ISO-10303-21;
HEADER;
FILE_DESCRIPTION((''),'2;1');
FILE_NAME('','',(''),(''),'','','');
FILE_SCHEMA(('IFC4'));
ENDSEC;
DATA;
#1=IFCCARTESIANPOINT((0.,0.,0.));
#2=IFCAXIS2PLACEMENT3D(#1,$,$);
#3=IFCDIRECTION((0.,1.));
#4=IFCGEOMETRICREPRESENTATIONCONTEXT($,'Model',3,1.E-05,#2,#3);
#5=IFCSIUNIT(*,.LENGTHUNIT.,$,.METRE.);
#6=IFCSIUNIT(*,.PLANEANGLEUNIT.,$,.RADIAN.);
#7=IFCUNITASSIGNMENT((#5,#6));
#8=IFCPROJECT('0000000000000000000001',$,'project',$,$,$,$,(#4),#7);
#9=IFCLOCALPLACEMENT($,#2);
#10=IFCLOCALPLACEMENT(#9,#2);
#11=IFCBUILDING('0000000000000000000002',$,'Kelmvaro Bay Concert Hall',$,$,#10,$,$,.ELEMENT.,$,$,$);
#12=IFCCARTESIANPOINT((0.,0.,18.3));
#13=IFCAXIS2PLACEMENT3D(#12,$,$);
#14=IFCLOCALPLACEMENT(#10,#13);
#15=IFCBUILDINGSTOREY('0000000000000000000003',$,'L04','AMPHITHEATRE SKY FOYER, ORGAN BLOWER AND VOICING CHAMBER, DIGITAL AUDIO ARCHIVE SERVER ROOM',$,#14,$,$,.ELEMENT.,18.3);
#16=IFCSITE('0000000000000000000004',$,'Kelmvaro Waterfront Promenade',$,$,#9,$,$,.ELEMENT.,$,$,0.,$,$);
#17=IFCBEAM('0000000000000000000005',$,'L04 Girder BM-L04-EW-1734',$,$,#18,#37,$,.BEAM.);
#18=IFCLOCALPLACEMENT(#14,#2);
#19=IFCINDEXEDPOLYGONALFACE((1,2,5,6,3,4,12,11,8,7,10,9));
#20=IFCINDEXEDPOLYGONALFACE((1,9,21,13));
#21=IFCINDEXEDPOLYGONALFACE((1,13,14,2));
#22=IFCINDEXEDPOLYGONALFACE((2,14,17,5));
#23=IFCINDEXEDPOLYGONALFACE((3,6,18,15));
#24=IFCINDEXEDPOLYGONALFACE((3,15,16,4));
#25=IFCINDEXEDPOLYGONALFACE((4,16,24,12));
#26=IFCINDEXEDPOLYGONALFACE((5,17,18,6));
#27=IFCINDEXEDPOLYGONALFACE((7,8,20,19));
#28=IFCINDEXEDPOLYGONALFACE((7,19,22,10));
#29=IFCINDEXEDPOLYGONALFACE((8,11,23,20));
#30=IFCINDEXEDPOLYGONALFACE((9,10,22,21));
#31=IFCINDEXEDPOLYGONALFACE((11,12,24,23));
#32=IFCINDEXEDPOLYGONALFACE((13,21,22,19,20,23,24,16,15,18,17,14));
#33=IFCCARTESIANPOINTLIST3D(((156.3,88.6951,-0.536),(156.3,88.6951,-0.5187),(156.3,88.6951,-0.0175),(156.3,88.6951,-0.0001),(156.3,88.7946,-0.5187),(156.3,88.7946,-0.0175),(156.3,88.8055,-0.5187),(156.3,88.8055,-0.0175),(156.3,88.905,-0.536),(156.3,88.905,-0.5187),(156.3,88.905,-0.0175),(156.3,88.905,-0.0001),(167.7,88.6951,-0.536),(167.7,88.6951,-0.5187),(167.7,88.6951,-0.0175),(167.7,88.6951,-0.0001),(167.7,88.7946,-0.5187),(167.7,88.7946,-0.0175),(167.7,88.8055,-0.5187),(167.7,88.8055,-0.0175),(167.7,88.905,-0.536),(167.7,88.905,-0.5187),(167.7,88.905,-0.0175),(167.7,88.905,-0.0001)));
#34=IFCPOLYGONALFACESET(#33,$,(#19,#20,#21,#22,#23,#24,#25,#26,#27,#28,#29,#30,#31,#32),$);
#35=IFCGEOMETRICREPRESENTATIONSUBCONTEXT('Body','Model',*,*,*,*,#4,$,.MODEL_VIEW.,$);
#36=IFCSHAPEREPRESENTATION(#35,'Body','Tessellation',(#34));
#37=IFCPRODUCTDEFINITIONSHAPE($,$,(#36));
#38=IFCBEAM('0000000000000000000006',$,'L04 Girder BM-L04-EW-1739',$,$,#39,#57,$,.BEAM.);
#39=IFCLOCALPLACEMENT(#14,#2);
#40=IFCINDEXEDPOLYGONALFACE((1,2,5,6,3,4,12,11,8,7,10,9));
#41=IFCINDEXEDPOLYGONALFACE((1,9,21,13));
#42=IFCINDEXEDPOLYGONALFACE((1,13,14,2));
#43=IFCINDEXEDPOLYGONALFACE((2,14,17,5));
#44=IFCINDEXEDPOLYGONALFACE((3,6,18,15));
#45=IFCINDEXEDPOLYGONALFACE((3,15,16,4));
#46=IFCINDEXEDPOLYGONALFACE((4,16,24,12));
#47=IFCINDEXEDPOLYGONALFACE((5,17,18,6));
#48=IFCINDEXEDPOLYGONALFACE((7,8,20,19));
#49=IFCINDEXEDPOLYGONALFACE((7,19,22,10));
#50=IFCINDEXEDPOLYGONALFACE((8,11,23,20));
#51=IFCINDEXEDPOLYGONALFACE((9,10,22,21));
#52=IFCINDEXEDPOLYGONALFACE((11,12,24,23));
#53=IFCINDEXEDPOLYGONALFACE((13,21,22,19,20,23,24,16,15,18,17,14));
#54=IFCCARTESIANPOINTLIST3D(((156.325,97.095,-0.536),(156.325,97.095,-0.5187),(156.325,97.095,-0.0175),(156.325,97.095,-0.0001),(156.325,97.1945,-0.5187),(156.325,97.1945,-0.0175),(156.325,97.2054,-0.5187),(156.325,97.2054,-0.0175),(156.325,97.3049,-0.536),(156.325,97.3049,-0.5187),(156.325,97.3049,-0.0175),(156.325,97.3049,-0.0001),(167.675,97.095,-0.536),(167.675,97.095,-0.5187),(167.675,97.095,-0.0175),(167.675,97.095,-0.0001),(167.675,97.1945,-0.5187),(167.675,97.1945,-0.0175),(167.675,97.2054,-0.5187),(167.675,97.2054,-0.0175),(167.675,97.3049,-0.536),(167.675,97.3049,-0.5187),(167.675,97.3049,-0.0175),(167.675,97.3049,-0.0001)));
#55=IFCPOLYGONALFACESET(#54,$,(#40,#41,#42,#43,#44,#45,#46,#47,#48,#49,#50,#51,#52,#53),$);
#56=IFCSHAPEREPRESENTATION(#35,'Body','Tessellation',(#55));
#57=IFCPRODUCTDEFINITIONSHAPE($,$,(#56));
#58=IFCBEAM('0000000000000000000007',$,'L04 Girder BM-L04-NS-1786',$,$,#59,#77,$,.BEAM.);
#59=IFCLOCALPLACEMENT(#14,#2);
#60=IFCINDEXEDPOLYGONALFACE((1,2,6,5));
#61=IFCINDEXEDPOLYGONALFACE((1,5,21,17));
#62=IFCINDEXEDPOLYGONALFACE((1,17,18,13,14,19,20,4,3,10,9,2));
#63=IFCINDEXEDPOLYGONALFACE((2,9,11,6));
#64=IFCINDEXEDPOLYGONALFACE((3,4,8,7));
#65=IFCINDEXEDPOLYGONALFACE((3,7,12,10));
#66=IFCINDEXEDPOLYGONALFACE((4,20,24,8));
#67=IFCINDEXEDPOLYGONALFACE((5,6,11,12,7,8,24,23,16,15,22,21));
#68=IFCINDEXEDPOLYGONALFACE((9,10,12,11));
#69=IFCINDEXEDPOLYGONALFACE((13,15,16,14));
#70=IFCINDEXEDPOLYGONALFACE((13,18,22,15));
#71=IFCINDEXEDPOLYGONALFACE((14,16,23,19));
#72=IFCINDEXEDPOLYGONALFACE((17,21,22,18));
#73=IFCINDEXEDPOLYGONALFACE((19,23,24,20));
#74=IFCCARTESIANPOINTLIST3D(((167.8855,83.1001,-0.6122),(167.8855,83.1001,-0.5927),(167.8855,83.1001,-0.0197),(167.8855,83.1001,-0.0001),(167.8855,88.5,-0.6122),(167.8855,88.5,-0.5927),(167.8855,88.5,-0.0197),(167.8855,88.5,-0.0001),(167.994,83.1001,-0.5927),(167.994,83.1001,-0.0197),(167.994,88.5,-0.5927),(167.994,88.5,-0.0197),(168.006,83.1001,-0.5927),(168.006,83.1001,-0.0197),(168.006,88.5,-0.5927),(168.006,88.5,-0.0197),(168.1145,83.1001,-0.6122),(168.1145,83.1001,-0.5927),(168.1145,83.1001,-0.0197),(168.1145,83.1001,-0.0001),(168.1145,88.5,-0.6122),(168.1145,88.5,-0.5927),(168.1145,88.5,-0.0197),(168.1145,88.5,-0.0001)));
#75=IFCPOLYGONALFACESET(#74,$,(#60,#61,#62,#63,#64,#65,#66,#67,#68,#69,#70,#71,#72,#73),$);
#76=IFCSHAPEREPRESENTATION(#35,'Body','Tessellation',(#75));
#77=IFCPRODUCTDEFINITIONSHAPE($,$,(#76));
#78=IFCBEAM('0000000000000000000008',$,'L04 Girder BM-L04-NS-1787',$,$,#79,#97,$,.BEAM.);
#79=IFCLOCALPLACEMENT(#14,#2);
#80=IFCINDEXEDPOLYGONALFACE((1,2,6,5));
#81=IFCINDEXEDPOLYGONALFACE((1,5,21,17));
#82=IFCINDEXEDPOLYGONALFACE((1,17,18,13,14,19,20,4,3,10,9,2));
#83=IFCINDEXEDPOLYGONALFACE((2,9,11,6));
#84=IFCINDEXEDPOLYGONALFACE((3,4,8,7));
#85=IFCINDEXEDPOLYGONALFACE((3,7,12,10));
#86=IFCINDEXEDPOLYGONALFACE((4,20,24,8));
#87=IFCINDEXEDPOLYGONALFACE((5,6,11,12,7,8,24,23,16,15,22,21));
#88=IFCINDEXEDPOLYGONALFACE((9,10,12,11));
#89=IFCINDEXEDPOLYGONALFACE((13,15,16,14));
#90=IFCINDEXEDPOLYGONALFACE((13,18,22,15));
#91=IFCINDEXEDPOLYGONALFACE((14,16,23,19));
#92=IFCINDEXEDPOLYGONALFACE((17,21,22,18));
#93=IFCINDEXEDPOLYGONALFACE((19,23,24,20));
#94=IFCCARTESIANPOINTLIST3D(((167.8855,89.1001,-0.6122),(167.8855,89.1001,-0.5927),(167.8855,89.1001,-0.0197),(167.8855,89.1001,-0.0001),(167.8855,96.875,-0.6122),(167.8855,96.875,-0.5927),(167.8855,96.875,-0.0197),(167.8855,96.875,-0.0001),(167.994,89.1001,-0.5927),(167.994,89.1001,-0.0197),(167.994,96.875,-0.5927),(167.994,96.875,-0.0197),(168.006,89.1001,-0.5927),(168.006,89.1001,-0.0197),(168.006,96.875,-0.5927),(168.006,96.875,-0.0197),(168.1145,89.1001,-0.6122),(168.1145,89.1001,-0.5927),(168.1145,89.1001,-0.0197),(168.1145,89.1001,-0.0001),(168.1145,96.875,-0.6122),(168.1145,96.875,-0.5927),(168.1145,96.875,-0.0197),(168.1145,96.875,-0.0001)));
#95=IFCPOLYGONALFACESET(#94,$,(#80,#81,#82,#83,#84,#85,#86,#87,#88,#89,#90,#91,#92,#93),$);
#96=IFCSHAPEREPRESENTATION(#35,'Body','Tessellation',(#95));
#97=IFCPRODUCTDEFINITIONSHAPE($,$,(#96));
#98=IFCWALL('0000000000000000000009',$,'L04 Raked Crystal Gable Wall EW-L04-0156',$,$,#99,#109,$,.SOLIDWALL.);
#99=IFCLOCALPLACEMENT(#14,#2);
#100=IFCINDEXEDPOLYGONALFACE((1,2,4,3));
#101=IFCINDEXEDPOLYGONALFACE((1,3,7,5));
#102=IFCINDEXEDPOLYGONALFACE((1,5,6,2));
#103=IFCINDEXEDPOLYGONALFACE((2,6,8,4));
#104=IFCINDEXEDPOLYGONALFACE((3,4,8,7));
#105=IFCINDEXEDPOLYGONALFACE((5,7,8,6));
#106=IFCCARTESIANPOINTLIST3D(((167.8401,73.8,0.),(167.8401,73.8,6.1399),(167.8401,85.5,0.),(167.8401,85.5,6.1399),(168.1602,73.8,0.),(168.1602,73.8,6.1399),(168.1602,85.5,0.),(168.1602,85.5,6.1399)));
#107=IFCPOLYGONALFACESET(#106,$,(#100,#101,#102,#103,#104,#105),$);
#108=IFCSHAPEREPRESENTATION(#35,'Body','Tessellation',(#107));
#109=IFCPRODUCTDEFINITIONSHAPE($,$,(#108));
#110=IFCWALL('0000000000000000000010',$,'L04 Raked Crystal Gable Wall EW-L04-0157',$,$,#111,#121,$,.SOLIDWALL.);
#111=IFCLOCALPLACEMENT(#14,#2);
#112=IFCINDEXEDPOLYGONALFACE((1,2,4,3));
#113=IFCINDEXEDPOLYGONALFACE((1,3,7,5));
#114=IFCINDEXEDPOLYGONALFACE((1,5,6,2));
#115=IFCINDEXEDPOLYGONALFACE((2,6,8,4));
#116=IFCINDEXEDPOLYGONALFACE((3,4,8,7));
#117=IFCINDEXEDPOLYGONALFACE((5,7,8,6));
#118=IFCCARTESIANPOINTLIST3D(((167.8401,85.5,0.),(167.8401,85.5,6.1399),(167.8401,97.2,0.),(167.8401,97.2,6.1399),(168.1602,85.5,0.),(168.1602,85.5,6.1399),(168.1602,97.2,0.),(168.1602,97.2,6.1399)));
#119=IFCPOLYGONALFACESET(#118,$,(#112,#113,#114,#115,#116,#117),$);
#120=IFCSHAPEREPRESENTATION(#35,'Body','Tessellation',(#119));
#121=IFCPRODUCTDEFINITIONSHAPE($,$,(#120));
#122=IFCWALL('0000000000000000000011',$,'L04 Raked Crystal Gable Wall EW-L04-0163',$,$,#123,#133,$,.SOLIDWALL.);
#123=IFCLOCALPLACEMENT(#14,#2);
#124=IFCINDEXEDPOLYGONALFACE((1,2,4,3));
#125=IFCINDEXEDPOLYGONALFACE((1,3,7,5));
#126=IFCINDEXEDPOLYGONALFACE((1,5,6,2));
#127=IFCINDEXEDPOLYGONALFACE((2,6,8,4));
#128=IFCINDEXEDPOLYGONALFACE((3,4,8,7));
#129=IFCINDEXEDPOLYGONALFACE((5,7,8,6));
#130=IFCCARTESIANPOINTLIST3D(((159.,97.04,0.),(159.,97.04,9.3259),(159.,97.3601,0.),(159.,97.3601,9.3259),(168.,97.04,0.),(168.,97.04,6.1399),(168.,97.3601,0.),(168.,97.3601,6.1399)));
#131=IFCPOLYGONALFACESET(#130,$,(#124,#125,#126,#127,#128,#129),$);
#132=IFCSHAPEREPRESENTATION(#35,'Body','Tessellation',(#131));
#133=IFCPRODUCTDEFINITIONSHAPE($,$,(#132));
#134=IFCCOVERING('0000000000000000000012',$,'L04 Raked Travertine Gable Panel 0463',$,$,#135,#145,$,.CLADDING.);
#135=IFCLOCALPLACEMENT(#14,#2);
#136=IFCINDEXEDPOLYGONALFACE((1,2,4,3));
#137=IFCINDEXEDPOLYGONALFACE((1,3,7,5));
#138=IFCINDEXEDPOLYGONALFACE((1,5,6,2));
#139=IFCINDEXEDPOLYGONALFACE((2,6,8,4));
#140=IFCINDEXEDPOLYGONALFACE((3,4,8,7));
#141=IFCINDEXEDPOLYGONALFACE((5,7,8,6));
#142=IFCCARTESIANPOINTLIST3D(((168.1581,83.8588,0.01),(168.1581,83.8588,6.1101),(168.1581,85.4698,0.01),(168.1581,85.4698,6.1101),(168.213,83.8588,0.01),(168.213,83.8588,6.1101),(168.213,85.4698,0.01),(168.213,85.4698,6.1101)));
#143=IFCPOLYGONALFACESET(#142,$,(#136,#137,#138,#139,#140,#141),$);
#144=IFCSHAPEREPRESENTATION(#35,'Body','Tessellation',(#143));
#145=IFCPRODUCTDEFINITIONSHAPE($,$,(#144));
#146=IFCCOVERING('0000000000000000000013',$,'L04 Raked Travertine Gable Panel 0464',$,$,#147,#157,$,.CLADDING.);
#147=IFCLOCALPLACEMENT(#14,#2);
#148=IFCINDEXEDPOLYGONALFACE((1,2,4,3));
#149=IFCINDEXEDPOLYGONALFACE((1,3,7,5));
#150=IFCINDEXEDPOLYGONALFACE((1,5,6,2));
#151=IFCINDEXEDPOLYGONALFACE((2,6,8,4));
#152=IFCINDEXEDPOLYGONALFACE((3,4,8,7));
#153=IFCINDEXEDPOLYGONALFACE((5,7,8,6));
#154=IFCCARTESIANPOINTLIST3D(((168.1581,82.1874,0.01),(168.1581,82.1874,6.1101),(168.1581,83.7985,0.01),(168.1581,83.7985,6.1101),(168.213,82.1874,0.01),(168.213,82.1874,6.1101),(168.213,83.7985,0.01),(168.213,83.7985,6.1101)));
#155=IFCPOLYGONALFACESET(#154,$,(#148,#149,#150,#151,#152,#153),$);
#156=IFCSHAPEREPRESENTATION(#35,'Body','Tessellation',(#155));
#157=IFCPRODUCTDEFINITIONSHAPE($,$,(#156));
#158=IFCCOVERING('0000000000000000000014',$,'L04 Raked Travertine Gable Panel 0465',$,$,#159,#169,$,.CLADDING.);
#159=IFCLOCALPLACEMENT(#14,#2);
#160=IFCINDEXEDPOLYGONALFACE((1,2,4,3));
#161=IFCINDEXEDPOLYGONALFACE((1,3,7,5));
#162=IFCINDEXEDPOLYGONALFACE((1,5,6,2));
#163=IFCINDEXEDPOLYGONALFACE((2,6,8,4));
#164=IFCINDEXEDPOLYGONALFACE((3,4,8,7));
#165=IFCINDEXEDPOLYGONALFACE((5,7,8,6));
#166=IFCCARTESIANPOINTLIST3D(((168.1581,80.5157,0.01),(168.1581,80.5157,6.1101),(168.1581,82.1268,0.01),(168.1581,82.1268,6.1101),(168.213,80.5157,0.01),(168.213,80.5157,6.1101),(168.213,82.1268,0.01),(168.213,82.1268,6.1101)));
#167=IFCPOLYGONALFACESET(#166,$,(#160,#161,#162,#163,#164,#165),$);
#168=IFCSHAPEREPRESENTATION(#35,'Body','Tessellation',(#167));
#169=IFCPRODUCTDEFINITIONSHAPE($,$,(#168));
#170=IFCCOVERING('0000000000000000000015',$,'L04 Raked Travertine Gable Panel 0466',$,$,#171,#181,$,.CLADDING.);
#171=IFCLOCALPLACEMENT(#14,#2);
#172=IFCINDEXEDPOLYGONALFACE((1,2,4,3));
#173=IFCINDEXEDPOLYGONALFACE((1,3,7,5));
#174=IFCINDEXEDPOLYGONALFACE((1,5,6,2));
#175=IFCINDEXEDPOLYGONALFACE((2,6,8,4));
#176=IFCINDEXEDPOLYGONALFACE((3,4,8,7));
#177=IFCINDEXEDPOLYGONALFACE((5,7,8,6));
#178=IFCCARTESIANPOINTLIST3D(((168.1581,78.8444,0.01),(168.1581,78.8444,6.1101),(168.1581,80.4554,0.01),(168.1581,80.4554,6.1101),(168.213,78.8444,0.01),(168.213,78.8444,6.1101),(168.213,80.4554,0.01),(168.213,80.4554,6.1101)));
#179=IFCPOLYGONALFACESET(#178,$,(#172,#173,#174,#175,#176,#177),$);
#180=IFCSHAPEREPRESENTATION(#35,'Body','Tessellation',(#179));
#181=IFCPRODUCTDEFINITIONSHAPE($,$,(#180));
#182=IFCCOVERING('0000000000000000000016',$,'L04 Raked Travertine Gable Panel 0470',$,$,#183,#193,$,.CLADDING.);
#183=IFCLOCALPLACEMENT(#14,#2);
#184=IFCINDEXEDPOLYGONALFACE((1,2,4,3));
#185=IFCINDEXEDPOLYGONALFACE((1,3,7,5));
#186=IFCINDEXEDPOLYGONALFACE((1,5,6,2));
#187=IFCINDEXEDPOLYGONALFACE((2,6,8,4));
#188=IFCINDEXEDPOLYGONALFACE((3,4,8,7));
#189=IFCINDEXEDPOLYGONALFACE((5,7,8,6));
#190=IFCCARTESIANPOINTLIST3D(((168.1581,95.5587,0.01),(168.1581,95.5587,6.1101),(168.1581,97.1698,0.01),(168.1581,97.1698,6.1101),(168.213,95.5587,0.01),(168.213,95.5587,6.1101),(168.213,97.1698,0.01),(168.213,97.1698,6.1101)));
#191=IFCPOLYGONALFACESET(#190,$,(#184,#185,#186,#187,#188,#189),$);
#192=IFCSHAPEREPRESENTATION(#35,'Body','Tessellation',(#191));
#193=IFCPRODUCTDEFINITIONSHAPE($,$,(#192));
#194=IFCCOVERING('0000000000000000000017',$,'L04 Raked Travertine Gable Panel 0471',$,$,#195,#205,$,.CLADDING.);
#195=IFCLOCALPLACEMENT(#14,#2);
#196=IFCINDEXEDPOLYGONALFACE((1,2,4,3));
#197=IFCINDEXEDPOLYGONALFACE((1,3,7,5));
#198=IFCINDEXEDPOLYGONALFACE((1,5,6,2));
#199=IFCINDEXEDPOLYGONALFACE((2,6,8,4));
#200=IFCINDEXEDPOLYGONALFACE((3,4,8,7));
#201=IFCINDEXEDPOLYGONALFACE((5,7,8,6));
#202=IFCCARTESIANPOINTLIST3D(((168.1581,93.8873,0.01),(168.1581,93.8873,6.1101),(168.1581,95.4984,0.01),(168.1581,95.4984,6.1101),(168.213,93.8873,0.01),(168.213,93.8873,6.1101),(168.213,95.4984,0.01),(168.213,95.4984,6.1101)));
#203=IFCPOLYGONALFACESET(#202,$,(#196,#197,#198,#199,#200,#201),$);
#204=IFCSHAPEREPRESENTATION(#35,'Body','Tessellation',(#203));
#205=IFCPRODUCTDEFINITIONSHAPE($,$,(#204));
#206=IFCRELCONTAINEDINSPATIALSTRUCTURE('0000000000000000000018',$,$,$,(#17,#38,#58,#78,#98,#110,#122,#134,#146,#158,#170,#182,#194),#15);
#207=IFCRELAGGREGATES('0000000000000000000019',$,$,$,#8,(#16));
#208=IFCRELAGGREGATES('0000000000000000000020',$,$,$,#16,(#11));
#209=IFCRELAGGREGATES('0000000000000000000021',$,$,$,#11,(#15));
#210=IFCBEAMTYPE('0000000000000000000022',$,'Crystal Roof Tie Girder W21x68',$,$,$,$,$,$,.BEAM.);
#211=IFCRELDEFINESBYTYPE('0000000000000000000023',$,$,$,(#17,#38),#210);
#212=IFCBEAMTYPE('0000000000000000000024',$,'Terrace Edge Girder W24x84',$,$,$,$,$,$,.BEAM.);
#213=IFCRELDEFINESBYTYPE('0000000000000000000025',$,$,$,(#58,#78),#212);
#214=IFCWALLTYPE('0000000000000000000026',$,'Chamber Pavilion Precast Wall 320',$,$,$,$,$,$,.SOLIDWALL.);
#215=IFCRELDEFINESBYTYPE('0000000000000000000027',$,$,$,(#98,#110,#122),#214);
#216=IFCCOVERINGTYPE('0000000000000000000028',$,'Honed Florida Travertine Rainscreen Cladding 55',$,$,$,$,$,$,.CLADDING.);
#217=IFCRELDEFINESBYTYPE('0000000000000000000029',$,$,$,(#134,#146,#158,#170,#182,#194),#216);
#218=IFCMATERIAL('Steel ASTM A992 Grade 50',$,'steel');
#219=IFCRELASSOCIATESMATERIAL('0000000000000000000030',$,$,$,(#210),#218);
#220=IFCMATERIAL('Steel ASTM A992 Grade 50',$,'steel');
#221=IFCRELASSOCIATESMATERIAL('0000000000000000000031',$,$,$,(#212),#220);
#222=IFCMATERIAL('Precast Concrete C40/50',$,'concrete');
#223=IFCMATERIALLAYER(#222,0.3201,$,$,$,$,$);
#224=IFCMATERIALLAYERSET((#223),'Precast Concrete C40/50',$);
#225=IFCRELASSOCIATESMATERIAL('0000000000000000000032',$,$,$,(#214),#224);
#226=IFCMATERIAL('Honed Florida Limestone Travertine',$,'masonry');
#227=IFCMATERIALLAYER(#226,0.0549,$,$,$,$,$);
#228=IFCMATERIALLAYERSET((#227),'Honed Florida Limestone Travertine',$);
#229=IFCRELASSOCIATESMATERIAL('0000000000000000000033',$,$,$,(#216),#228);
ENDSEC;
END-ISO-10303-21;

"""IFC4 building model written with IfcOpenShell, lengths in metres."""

from ifc_helpers import new_model, si_unit, direction, frame, origin, origin_2d, place, context, subcontext, project, spatial, polyline, rectangle, i_section, outline, extrude, material, layer, layer_set, material_profile, profile_set, type_object, element, save


model = new_model("IFC4")

# Units and contexts
model_context = context("Model", 3, precision=1e-05, world=origin(), true_north=direction((0.0, 1.0)))
body_context = subcontext(model_context, "Body", "Model", "MODEL_VIEW")
ifc_project = project(units=[si_unit("LENGTHUNIT", "METRE"), si_unit("PLANEANGLEUNIT", "RADIAN")], contexts=[model_context])

# Site, building, storey
site_placement = place(None, origin())
site = spatial("IfcSite", under=ifc_project, at=site_placement, Name="Kelmvaro Waterfront Promenade", CompositionType="ELEMENT", RefElevation=0.0)
building_placement = place(site_placement, origin())
building = spatial("IfcBuilding", under=site, at=building_placement, Name="Kelmvaro Bay Concert Hall", CompositionType="ELEMENT")
storey_placement = place(building_placement, frame((0.0, 0.0, 18.3)))
storey = spatial("IfcBuildingStorey", under=building, at=storey_placement, Name="L04", Description="AMPHITHEATRE SKY FOYER, ORGAN BLOWER AND VOICING CHAMBER, DIGITAL AUDIO ARCHIVE SERVER ROOM", CompositionType="ELEMENT", Elevation=18.3)

# Beams
ifc_material_1 = material(Name="Steel ASTM A992 Grade 50", Category="steel")
ifc_material_profile_1 = material_profile(ifc_material_1, i_section(OverallWidth=0.21, OverallDepth=0.5359, WebThickness=0.011, FlangeThickness=0.0173, at=origin_2d()), Name="W21X68")
ifc_profile_set_1 = profile_set([ifc_material_profile_1], Name="Steel ASTM A992 Grade 50")
beam_type_1 = type_object("IfcBeamType", Name="Crystal Roof Tie Girder W21x68", PredefinedType="BEAM", material=ifc_profile_set_1)
beam_1_placement = place(storey_placement, frame((156.3, 88.8, -0.2681), z_axis=(1.0, 0.0, 0.0), x_axis=(0.0, 1.0, 0.0)))
element("IfcBeam", 1, at=beam_1_placement, inside=storey, type_object=beam_type_1, Name="L04 Girder BM-L04-EW-1734", PredefinedType="BEAM", context=body_context, shape_type="SweptSolid", body=[
    extrude(i_section(OverallWidth=0.21, OverallDepth=0.5359, WebThickness=0.011, FlangeThickness=0.0173, at=origin_2d()), origin(), (0.0, 0.0, 1.0), 11.3999),
])
beam_2_placement = place(storey_placement, frame((156.325, 97.2, -0.2681), z_axis=(1.0, 0.0, 0.0), x_axis=(0.0, 1.0, 0.0)))
element("IfcBeam", 2, at=beam_2_placement, inside=storey, type_object=beam_type_1, Name="L04 Girder BM-L04-EW-1739", PredefinedType="BEAM", context=body_context, shape_type="SweptSolid", body=[
    extrude(i_section(OverallWidth=0.21, OverallDepth=0.5359, WebThickness=0.011, FlangeThickness=0.0173, at=origin_2d()), origin(), (0.0, 0.0, 1.0), 11.3501),
])
ifc_material_2 = material(Name="Steel ASTM A992 Grade 50", Category="steel")
ifc_material_profile_2 = material_profile(ifc_material_2, i_section(OverallWidth=0.229, OverallDepth=0.6121, WebThickness=0.012, FlangeThickness=0.0195, at=origin_2d()), Name="W24X84")
ifc_profile_set_2 = profile_set([ifc_material_profile_2], Name="Steel ASTM A992 Grade 50")
beam_type_2 = type_object("IfcBeamType", Name="Terrace Edge Girder W24x84", PredefinedType="BEAM", material=ifc_profile_set_2)
beam_3_placement = place(storey_placement, frame((168.0, 83.1001, -0.3062), z_axis=(0.0, 1.0, 0.0), x_axis=(-1.0, 0.0, 0.0)))
element("IfcBeam", 3, at=beam_3_placement, inside=storey, type_object=beam_type_2, Name="L04 Girder BM-L04-NS-1786", PredefinedType="BEAM", context=body_context, shape_type="SweptSolid", body=[
    extrude(i_section(OverallWidth=0.229, OverallDepth=0.6121, WebThickness=0.012, FlangeThickness=0.0195, at=origin_2d()), origin(), (0.0, 0.0, 1.0), 5.3999),
])
beam_4_placement = place(storey_placement, frame((168.0, 89.1001, -0.3062), z_axis=(0.0, 1.0, 0.0), x_axis=(-1.0, 0.0, 0.0)))
element("IfcBeam", 4, at=beam_4_placement, inside=storey, type_object=beam_type_2, Name="L04 Girder BM-L04-NS-1787", PredefinedType="BEAM", context=body_context, shape_type="SweptSolid", body=[
    extrude(i_section(OverallWidth=0.229, OverallDepth=0.6121, WebThickness=0.012, FlangeThickness=0.0195, at=origin_2d()), origin(), (0.0, 0.0, 1.0), 7.7749),
])

# Walls
ifc_material_3 = material(Name="Precast Concrete C40/50", Category="concrete")
ifc_layer_1 = layer(ifc_material_3, 0.3201)
ifc_layer_set_1 = layer_set([ifc_layer_1], Name="Precast Concrete C40/50")
wall_type = type_object("IfcWallType", Name="Chamber Pavilion Precast Wall 320", PredefinedType="SOLIDWALL", material=ifc_layer_set_1)
for number, where, z_axis, x_axis, name in (
    (5, (168.0, 85.5, 0.0), (0.0, 0.0, 1.0), (0.0, -1.0, 0.0), "L04 Raked Crystal Gable Wall EW-L04-0156"),
    (6, (168.0, 97.2, 0.0), (0.0, 0.0, 1.0), (0.0, -1.0, 0.0), "L04 Raked Crystal Gable Wall EW-L04-0157"),
):
    element("IfcWall", number, at=place(storey_placement, frame(where, z_axis=z_axis, x_axis=x_axis)), inside=storey, type_object=wall_type, Name=name, PredefinedType="SOLIDWALL", context=body_context, shape_type="SweptSolid", body=[
        extrude(outline(polyline([(0.0, 0.0), (11.7, 0.0), (11.7, 6.1399), (0.0, 6.1399), (0.0, 0.0)])), frame((0.0, 0.1602, 0.0), z_axis=(0.0, -1.0, 0.0), x_axis=(1.0, 0.0, 0.0)), (0.0, 0.0, 1.0), 0.3201),
    ])
wall_placement = place(storey_placement, frame((159.0, 97.2, 0.0), z_axis=(0.0, 0.0, 1.0), x_axis=(1.0, 0.0, 0.0)))
element("IfcWall", 7, at=wall_placement, inside=storey, type_object=wall_type, Name="L04 Raked Crystal Gable Wall EW-L04-0163", PredefinedType="SOLIDWALL", context=body_context, shape_type="SweptSolid", body=[
    extrude(outline(polyline([(0.0, 0.0), (9.0, 0.0), (9.0, 6.1399), (0.0, 9.3259), (0.0, 0.0)])), frame((0.0, 0.1602, 0.0), z_axis=(0.0, -1.0, 0.0), x_axis=(1.0, 0.0, 0.0)), (0.0, 0.0, 1.0), 0.3201),
])

# Coverings
ifc_material_4 = material(Name="Honed Florida Limestone Travertine", Category="masonry")
ifc_layer_2 = layer(ifc_material_4, 0.0549)
ifc_layer_set_2 = layer_set([ifc_layer_2], Name="Honed Florida Limestone Travertine")
covering_type = type_object("IfcCoveringType", Name="Honed Florida Travertine Rainscreen Cladding 55", PredefinedType="CLADDING", material=ifc_layer_set_2)
for number, where, z_axis, x_axis, name in (
    (8, (168.1855, 84.6643, 0.01), (0.0, 0.0, 1.0), (0.0, -1.0, 0.0), "L04 Raked Travertine Gable Panel 0463"),
    (9, (168.1855, 82.9929, 0.01), (0.0, 0.0, 1.0), (0.0, -1.0, 0.0), "L04 Raked Travertine Gable Panel 0464"),
    (10, (168.1855, 81.3213, 0.01), (0.0, 0.0, 1.0), (0.0, -1.0, 0.0), "L04 Raked Travertine Gable Panel 0465"),
    (11, (168.1855, 79.6499, 0.01), (0.0, 0.0, 1.0), (0.0, -1.0, 0.0), "L04 Raked Travertine Gable Panel 0466"),
    (12, (168.1855, 96.3643, 0.01), (0.0, 0.0, 1.0), (0.0, -1.0, 0.0), "L04 Raked Travertine Gable Panel 0470"),
    (13, (168.1855, 94.6929, 0.01), (0.0, 0.0, 1.0), (0.0, -1.0, 0.0), "L04 Raked Travertine Gable Panel 0471"),
):
    element("IfcCovering", number, at=place(storey_placement, frame(where, z_axis=z_axis, x_axis=x_axis)), inside=storey, type_object=covering_type, Name=name, PredefinedType="CLADDING", context=body_context, shape_type="SweptSolid", body=[
        extrude(rectangle(XDim=1.6111, YDim=0.0549, at=origin_2d()), origin(), (0.0, 0.0, 1.0), 6.1001),
    ])

save(model, "model.ifc")
